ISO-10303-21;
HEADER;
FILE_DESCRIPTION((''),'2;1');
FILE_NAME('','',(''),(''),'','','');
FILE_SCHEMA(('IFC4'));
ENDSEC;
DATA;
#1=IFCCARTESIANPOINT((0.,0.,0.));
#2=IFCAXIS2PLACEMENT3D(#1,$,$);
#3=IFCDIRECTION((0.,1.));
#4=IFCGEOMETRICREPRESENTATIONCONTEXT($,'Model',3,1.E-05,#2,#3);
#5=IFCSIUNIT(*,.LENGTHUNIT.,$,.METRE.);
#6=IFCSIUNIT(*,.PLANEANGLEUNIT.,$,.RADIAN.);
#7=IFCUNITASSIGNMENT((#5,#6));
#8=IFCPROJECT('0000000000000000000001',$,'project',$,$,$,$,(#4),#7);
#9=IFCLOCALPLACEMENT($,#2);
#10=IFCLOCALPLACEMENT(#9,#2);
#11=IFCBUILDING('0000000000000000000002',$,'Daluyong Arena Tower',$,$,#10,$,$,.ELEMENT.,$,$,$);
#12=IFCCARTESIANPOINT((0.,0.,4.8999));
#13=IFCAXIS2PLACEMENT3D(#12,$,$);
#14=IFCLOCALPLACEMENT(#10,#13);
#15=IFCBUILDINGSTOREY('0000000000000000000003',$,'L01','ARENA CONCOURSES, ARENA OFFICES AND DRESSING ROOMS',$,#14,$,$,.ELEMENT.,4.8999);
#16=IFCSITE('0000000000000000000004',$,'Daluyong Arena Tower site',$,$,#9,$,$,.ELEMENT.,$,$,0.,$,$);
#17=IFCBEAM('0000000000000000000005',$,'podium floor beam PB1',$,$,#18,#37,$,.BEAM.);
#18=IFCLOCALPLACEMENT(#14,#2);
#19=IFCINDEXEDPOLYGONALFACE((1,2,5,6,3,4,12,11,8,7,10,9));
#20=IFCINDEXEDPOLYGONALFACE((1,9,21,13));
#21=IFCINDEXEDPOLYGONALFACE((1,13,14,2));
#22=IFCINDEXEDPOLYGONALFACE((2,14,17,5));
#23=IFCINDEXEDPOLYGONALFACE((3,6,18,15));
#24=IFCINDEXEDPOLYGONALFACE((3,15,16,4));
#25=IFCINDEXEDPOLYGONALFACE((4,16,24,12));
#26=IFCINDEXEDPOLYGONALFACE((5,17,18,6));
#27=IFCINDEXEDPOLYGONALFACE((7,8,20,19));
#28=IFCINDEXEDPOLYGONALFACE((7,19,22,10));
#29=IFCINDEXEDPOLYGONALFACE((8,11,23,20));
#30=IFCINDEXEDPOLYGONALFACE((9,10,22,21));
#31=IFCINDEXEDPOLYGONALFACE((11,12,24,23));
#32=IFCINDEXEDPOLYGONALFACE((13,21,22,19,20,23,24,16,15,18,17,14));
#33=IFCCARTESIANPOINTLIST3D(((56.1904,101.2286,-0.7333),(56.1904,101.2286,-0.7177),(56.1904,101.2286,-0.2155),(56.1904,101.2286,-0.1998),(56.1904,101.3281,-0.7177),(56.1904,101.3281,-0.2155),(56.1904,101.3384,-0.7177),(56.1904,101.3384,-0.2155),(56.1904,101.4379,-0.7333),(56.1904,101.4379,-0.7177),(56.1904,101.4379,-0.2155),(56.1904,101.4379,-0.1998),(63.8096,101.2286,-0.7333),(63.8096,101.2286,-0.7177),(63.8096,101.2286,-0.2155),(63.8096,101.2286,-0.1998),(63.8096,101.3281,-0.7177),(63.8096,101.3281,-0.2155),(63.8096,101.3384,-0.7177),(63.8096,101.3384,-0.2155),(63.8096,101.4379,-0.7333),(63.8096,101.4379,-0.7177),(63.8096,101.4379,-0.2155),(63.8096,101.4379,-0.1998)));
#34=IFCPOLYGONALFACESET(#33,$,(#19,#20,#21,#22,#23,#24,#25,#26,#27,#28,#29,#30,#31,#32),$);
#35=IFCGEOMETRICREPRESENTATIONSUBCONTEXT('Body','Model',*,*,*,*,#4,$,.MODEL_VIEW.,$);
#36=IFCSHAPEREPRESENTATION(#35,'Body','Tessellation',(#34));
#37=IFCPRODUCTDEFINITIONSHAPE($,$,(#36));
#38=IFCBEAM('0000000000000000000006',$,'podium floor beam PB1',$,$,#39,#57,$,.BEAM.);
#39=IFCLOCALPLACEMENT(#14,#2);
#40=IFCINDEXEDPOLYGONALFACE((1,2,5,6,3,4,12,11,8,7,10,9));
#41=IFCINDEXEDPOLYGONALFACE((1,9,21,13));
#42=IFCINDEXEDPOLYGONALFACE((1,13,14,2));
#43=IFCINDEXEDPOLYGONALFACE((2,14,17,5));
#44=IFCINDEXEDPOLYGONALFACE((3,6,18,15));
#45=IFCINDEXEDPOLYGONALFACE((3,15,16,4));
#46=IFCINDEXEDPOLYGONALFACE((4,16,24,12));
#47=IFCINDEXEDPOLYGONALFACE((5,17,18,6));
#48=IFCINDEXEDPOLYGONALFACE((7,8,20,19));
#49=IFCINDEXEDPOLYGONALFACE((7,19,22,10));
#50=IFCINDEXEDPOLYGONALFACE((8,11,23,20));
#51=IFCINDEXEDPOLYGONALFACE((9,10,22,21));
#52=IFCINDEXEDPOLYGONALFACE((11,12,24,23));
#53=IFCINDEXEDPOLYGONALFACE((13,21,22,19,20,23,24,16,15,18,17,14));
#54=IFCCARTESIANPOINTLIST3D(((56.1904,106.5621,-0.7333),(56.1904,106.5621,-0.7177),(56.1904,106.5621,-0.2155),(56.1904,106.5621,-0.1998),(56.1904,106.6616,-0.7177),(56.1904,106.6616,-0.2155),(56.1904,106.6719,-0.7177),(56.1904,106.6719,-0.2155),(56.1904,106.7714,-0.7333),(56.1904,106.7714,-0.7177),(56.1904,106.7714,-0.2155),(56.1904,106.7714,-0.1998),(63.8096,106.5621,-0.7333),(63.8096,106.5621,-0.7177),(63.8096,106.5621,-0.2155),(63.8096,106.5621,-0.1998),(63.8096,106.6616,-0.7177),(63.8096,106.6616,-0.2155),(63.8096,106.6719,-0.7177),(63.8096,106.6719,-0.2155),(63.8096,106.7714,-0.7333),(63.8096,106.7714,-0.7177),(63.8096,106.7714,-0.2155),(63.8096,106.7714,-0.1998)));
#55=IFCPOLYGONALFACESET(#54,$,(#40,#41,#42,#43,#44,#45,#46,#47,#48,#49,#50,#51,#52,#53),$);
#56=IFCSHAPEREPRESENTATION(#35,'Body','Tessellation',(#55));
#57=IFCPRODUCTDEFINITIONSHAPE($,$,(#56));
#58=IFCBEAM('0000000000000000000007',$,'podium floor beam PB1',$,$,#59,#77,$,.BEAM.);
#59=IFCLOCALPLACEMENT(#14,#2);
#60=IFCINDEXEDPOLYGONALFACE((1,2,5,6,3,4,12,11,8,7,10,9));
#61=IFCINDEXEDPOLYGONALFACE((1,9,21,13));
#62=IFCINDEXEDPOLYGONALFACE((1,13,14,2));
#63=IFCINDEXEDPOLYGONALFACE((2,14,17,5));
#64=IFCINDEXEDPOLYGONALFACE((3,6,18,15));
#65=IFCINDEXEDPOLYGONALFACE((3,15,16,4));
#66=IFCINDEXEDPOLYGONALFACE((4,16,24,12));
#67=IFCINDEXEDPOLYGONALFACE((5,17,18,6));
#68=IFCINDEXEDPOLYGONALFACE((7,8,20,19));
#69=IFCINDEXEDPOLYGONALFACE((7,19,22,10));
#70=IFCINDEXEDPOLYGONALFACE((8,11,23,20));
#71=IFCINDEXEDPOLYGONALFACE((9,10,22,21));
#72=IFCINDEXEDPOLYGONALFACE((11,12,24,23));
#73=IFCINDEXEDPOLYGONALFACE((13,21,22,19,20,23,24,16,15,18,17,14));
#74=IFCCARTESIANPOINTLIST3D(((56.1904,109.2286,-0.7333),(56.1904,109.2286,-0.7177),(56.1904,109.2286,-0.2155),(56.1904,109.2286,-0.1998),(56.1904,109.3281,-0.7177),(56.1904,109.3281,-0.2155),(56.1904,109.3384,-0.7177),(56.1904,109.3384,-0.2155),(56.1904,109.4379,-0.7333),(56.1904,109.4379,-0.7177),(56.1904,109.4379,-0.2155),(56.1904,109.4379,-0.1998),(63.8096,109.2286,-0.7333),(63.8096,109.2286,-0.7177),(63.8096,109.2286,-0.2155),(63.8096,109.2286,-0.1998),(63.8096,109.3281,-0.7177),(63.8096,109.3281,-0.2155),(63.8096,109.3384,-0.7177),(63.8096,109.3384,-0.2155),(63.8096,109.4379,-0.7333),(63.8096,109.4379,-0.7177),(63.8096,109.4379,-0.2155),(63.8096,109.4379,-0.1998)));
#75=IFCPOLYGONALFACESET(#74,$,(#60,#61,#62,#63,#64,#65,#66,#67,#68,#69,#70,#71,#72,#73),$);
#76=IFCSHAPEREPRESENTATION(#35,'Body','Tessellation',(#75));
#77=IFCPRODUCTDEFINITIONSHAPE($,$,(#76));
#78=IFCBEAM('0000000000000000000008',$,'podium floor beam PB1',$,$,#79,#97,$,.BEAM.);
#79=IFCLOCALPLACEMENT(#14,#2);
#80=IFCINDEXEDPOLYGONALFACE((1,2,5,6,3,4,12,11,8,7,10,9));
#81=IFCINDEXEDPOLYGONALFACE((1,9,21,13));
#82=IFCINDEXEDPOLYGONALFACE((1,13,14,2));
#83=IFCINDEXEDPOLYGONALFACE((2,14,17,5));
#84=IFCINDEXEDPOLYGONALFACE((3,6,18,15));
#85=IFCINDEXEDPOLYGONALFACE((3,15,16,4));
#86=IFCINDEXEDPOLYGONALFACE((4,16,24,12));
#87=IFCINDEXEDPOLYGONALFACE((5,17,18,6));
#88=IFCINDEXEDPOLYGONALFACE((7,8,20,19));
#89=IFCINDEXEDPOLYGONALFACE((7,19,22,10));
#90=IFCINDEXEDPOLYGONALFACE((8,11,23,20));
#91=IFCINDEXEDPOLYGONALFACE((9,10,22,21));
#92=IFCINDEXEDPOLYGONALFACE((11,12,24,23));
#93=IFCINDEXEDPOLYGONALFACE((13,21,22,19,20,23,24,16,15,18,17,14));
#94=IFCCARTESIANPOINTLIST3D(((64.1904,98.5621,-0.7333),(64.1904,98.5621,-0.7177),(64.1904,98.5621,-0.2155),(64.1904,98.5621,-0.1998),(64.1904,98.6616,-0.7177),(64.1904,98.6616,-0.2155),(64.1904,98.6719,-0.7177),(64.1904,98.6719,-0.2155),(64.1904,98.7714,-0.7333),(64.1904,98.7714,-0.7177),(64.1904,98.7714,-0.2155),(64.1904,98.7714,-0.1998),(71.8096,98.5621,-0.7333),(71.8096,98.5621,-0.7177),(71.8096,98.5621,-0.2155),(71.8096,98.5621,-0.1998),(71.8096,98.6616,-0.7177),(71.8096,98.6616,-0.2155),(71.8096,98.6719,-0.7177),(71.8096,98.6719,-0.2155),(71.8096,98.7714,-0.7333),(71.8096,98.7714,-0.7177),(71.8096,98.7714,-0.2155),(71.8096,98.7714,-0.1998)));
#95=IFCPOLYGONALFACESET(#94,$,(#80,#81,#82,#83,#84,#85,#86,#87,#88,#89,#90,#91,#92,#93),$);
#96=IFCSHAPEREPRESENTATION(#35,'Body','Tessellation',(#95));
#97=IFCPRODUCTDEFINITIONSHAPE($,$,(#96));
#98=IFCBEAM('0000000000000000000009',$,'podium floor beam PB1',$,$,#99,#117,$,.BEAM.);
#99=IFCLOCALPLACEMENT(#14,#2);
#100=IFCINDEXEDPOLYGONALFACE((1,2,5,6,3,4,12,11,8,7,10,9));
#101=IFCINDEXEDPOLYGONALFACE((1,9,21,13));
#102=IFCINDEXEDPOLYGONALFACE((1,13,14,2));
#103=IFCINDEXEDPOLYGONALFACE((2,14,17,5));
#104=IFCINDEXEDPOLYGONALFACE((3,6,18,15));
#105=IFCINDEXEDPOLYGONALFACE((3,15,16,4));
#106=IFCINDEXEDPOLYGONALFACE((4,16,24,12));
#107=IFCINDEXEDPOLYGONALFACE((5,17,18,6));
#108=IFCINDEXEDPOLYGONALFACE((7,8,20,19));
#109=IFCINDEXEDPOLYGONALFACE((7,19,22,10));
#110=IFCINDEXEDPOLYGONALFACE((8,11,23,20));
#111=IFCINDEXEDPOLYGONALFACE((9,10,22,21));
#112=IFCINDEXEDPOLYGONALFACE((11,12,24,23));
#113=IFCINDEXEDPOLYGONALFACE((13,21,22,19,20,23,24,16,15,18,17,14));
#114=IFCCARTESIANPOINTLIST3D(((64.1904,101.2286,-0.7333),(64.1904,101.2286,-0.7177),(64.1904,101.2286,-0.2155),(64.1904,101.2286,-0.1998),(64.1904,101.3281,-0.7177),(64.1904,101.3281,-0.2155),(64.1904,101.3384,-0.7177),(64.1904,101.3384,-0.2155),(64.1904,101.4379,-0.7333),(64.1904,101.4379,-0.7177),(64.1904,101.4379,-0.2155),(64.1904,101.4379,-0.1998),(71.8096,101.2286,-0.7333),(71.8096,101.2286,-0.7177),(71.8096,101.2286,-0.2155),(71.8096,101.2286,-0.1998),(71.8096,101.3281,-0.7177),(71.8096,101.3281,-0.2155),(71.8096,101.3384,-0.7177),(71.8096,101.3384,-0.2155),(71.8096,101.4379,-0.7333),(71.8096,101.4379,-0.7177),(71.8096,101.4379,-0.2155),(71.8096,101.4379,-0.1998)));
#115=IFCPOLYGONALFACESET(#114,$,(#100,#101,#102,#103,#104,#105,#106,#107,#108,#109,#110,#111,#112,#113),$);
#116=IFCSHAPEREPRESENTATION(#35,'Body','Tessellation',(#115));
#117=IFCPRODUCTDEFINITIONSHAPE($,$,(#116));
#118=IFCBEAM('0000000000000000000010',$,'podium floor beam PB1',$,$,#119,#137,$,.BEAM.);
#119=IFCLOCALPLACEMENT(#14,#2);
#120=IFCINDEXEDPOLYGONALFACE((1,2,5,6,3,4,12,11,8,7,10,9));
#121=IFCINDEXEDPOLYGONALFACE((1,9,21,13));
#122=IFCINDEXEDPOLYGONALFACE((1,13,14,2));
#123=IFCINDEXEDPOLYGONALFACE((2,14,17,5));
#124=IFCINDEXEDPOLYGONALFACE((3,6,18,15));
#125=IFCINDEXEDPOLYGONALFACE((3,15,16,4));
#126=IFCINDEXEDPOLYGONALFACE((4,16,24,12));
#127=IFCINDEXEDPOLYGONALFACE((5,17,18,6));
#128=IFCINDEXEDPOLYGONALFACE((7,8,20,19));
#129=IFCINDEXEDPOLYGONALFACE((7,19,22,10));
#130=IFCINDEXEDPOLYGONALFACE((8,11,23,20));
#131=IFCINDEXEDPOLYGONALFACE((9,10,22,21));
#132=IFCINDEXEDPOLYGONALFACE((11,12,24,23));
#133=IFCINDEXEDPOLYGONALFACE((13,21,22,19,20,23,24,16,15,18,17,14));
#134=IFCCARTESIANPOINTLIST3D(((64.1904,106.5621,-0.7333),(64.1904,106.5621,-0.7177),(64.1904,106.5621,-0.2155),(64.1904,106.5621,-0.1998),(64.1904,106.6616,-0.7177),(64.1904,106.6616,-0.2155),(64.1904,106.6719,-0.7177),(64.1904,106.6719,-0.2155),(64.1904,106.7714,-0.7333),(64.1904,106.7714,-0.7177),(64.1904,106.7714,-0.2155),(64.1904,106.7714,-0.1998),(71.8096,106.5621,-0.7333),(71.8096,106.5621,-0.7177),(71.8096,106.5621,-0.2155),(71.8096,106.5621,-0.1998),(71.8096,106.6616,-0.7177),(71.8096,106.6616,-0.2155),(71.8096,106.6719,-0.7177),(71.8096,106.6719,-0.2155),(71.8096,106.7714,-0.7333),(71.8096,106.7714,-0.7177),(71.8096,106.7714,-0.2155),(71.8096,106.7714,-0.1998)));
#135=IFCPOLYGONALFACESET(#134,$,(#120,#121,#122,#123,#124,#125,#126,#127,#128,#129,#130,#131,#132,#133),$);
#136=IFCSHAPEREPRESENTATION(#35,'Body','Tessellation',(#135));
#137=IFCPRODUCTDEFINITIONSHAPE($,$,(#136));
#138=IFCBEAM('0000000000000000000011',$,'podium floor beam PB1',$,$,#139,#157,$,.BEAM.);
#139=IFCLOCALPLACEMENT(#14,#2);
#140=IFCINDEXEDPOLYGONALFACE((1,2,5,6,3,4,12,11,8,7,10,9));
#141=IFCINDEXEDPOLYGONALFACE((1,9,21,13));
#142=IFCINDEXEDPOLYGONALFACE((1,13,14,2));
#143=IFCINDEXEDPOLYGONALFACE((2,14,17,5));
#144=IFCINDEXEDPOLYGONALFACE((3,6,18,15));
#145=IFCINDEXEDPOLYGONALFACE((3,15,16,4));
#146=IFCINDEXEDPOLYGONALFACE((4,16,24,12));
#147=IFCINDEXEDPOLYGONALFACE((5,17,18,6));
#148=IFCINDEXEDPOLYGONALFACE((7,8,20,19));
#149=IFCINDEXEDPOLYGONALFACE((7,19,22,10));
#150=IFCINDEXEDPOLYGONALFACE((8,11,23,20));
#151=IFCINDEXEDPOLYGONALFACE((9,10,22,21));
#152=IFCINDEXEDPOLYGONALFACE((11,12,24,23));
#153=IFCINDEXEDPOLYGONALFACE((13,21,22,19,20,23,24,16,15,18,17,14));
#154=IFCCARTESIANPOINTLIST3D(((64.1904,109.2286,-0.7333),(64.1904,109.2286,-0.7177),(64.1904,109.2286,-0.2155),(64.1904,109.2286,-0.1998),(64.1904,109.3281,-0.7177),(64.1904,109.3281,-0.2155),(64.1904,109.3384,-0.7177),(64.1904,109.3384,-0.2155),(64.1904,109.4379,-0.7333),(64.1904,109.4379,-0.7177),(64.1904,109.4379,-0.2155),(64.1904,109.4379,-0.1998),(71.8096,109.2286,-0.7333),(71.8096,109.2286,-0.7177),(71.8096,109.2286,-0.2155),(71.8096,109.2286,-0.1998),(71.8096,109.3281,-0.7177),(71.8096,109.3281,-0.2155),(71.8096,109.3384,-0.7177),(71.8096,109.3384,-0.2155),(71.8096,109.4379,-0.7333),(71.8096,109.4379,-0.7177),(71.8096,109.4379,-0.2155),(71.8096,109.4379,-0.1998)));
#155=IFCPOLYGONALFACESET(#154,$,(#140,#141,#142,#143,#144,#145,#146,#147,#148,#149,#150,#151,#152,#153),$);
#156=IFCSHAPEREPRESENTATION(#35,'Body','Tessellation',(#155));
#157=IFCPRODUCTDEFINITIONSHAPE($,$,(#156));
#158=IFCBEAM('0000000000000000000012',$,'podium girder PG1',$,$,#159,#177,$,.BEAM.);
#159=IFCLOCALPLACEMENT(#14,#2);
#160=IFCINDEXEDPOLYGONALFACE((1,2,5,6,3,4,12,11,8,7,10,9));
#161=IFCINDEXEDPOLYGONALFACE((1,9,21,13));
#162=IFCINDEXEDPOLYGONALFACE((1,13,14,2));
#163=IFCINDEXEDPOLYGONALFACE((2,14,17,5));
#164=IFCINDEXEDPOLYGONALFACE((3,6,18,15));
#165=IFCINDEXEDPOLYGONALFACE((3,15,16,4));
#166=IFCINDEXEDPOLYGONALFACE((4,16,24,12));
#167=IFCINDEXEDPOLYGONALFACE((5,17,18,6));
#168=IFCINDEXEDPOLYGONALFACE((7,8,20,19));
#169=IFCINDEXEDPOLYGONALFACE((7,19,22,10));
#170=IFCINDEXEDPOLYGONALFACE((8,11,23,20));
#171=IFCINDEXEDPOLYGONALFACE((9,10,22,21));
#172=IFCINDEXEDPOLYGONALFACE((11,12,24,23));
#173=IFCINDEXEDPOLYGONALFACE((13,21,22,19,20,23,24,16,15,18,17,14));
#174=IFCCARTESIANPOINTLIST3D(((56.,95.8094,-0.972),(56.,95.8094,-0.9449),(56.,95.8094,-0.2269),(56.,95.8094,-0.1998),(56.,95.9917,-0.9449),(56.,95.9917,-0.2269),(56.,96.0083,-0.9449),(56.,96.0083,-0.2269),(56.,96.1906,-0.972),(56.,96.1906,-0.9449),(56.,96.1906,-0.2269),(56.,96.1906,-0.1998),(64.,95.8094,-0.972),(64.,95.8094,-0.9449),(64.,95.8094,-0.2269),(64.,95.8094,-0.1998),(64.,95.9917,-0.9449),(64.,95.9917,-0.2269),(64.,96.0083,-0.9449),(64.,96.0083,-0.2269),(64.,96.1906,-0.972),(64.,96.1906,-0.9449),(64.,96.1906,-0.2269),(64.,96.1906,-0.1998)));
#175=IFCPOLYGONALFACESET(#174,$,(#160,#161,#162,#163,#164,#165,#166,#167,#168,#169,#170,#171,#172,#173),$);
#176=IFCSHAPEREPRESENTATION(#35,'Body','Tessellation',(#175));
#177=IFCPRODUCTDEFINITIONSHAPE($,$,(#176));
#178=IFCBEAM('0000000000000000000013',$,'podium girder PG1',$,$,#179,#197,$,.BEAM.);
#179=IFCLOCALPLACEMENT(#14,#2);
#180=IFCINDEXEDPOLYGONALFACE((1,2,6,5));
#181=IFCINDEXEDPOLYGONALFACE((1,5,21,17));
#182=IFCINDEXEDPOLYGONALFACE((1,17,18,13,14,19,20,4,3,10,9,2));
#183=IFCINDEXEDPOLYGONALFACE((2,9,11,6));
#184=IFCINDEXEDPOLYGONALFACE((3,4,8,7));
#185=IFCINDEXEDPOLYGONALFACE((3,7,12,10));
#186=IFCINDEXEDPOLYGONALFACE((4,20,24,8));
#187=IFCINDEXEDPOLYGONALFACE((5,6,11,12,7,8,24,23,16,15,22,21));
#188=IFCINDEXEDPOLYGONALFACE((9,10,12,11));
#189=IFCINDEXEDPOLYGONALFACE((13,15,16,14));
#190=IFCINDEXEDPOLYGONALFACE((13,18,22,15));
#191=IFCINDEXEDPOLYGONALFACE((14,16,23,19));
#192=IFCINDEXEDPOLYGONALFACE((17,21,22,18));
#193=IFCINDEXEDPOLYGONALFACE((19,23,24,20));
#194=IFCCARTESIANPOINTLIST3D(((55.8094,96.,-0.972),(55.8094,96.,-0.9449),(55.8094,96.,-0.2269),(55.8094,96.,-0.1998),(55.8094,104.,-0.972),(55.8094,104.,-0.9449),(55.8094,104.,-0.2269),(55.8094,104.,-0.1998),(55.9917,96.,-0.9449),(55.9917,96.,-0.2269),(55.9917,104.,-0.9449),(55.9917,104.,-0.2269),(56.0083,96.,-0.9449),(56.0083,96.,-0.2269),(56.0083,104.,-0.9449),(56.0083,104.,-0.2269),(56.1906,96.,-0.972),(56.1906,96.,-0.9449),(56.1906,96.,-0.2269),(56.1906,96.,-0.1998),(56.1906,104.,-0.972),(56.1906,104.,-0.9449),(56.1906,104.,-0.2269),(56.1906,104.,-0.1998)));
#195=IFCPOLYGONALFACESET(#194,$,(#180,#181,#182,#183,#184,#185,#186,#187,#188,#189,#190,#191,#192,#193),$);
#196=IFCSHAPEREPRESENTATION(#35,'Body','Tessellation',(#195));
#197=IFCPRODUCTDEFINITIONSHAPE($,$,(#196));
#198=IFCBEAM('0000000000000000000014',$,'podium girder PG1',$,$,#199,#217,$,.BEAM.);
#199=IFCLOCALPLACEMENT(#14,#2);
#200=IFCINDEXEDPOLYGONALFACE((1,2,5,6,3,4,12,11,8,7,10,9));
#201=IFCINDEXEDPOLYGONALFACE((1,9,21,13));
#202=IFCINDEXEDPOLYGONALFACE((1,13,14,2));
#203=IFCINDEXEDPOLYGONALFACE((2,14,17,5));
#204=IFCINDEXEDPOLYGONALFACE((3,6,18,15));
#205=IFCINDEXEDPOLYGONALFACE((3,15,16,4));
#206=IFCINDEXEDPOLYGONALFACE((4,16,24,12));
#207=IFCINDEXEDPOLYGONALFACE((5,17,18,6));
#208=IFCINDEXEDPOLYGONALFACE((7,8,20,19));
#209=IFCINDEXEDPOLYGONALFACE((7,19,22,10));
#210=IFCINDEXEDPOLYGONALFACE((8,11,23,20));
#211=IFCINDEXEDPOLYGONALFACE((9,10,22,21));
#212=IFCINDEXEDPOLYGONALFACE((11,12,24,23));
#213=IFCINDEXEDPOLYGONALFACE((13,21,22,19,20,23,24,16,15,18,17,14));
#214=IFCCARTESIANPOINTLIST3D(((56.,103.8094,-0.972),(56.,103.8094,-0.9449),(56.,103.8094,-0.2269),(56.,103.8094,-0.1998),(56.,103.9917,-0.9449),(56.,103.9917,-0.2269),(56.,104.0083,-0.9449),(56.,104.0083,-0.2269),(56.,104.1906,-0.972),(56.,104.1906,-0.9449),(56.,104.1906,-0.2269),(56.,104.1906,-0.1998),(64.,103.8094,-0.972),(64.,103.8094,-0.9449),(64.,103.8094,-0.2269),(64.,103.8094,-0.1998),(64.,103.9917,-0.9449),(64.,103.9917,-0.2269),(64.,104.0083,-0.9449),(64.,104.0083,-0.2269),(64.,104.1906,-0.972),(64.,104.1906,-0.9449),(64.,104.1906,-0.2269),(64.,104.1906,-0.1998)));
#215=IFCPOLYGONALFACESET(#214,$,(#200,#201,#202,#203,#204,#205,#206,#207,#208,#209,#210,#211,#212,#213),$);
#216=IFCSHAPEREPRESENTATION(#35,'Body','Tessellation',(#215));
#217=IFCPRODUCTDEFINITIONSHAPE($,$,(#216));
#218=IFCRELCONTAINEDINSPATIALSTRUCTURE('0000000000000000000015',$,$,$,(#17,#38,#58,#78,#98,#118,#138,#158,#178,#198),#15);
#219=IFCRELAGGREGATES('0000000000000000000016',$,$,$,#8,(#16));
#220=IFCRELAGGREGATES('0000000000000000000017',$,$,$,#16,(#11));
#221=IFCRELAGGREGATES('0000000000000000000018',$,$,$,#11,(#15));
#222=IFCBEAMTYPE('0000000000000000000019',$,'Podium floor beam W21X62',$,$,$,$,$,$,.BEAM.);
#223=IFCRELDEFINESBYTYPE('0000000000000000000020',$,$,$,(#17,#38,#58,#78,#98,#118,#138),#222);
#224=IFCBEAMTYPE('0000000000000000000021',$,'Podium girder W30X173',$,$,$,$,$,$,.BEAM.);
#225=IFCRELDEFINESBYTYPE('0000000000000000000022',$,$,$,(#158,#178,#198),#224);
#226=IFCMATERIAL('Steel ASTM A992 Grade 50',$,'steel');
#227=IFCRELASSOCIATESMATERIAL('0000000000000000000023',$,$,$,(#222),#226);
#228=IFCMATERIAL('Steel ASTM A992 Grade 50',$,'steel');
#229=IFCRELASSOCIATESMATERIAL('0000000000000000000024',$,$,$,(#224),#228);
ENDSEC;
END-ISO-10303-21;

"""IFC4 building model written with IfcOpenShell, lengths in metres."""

from ifc_helpers import new_model, si_unit, direction, frame, origin, origin_2d, place, context, subcontext, project, spatial, i_section, extrude, material, material_profile, profile_set, type_object, element, save


model = new_model("IFC4")

# Units and contexts
model_context = context("Model", 3, precision=1e-05, world=origin(), true_north=direction((0.0, 1.0)))
body_context = subcontext(model_context, "Body", "Model", "MODEL_VIEW")
ifc_project = project(units=[si_unit("LENGTHUNIT", "METRE"), si_unit("PLANEANGLEUNIT", "RADIAN")], contexts=[model_context])

# Site, building, storey
site_placement = place(None, origin())
site = spatial("IfcSite", under=ifc_project, at=site_placement, Name="Daluyong Arena Tower site", CompositionType="ELEMENT", RefElevation=0.0)
building_placement = place(site_placement, origin())
building = spatial("IfcBuilding", under=site, at=building_placement, Name="Daluyong Arena Tower", CompositionType="ELEMENT")
storey_placement = place(building_placement, frame((0.0, 0.0, 4.8999)))
storey = spatial("IfcBuildingStorey", under=building, at=storey_placement, Name="L01", Description="ARENA CONCOURSES, ARENA OFFICES AND DRESSING ROOMS", CompositionType="ELEMENT", Elevation=4.8999)

# Beams
ifc_material_1 = material(Name="Steel ASTM A992 Grade 50", Category="steel")
ifc_material_profile_1 = material_profile(ifc_material_1, i_section(OverallWidth=0.2092, OverallDepth=0.5334, WebThickness=0.0103, FlangeThickness=0.0156, at=origin_2d()))
ifc_profile_set_1 = profile_set([ifc_material_profile_1], Name="Steel ASTM A992 Grade 50")
beam_type_1 = type_object("IfcBeamType", Name="Podium floor beam W21X62", PredefinedType="BEAM", material=ifc_profile_set_1)
for number, where, z_axis, x_axis, name in (
    (1, (56.1904, 101.3333, -0.4666), (1.0, 0.0, 0.0), (0.0, 1.0, 0.0), "podium floor beam PB1"),
    (2, (56.1904, 106.6667, -0.4666), (1.0, 0.0, 0.0), (0.0, 1.0, 0.0), "podium floor beam PB1"),
    (3, (56.1904, 109.3333, -0.4666), (1.0, 0.0, 0.0), (0.0, 1.0, 0.0), "podium floor beam PB1"),
    (4, (64.1904, 98.6667, -0.4666), (1.0, 0.0, 0.0), (0.0, 1.0, 0.0), "podium floor beam PB1"),
    (5, (64.1904, 101.3333, -0.4666), (1.0, 0.0, 0.0), (0.0, 1.0, 0.0), "podium floor beam PB1"),
    (6, (64.1904, 106.6667, -0.4666), (1.0, 0.0, 0.0), (0.0, 1.0, 0.0), "podium floor beam PB1"),
    (7, (64.1904, 109.3333, -0.4666), (1.0, 0.0, 0.0), (0.0, 1.0, 0.0), "podium floor beam PB1"),
):
    element("IfcBeam", number, at=place(storey_placement, frame(where, z_axis=z_axis, x_axis=x_axis)), inside=storey, type_object=beam_type_1, Name=name, PredefinedType="BEAM", context=body_context, shape_type="SweptSolid", body=[
        extrude(i_section(OverallWidth=0.2092, OverallDepth=0.5334, WebThickness=0.0103, FlangeThickness=0.0156, at=origin_2d()), origin(), (0.0, 0.0, 1.0), 7.6191),
    ])
ifc_material_2 = material(Name="Steel ASTM A992 Grade 50", Category="steel")
ifc_material_profile_2 = material_profile(ifc_material_2, i_section(OverallWidth=0.3811, OverallDepth=0.7722, WebThickness=0.0166, FlangeThickness=0.0271, at=origin_2d()))
ifc_profile_set_2 = profile_set([ifc_material_profile_2], Name="Steel ASTM A992 Grade 50")
beam_type_2 = type_object("IfcBeamType", Name="Podium girder W30X173", PredefinedType="BEAM", material=ifc_profile_set_2)
for number, where, z_axis, x_axis, name in (
    (8, (56.0, 96.0, -0.5859), (1.0, 0.0, 0.0), (0.0, 1.0, 0.0), "podium girder PG1"),
    (9, (56.0, 96.0, -0.5859), (0.0, 1.0, 0.0), (-1.0, 0.0, 0.0), "podium girder PG1"),
    (10, (56.0, 104.0, -0.5859), (1.0, 0.0, 0.0), (0.0, 1.0, 0.0), "podium girder PG1"),
):
    element("IfcBeam", number, at=place(storey_placement, frame(where, z_axis=z_axis, x_axis=x_axis)), inside=storey, type_object=beam_type_2, Name=name, PredefinedType="BEAM", context=body_context, shape_type="SweptSolid", body=[
        extrude(i_section(OverallWidth=0.3811, OverallDepth=0.7722, WebThickness=0.0166, FlangeThickness=0.0271, at=origin_2d()), origin(), (0.0, 0.0, 1.0), 8.0),
    ])

save(model, "model.ifc")
